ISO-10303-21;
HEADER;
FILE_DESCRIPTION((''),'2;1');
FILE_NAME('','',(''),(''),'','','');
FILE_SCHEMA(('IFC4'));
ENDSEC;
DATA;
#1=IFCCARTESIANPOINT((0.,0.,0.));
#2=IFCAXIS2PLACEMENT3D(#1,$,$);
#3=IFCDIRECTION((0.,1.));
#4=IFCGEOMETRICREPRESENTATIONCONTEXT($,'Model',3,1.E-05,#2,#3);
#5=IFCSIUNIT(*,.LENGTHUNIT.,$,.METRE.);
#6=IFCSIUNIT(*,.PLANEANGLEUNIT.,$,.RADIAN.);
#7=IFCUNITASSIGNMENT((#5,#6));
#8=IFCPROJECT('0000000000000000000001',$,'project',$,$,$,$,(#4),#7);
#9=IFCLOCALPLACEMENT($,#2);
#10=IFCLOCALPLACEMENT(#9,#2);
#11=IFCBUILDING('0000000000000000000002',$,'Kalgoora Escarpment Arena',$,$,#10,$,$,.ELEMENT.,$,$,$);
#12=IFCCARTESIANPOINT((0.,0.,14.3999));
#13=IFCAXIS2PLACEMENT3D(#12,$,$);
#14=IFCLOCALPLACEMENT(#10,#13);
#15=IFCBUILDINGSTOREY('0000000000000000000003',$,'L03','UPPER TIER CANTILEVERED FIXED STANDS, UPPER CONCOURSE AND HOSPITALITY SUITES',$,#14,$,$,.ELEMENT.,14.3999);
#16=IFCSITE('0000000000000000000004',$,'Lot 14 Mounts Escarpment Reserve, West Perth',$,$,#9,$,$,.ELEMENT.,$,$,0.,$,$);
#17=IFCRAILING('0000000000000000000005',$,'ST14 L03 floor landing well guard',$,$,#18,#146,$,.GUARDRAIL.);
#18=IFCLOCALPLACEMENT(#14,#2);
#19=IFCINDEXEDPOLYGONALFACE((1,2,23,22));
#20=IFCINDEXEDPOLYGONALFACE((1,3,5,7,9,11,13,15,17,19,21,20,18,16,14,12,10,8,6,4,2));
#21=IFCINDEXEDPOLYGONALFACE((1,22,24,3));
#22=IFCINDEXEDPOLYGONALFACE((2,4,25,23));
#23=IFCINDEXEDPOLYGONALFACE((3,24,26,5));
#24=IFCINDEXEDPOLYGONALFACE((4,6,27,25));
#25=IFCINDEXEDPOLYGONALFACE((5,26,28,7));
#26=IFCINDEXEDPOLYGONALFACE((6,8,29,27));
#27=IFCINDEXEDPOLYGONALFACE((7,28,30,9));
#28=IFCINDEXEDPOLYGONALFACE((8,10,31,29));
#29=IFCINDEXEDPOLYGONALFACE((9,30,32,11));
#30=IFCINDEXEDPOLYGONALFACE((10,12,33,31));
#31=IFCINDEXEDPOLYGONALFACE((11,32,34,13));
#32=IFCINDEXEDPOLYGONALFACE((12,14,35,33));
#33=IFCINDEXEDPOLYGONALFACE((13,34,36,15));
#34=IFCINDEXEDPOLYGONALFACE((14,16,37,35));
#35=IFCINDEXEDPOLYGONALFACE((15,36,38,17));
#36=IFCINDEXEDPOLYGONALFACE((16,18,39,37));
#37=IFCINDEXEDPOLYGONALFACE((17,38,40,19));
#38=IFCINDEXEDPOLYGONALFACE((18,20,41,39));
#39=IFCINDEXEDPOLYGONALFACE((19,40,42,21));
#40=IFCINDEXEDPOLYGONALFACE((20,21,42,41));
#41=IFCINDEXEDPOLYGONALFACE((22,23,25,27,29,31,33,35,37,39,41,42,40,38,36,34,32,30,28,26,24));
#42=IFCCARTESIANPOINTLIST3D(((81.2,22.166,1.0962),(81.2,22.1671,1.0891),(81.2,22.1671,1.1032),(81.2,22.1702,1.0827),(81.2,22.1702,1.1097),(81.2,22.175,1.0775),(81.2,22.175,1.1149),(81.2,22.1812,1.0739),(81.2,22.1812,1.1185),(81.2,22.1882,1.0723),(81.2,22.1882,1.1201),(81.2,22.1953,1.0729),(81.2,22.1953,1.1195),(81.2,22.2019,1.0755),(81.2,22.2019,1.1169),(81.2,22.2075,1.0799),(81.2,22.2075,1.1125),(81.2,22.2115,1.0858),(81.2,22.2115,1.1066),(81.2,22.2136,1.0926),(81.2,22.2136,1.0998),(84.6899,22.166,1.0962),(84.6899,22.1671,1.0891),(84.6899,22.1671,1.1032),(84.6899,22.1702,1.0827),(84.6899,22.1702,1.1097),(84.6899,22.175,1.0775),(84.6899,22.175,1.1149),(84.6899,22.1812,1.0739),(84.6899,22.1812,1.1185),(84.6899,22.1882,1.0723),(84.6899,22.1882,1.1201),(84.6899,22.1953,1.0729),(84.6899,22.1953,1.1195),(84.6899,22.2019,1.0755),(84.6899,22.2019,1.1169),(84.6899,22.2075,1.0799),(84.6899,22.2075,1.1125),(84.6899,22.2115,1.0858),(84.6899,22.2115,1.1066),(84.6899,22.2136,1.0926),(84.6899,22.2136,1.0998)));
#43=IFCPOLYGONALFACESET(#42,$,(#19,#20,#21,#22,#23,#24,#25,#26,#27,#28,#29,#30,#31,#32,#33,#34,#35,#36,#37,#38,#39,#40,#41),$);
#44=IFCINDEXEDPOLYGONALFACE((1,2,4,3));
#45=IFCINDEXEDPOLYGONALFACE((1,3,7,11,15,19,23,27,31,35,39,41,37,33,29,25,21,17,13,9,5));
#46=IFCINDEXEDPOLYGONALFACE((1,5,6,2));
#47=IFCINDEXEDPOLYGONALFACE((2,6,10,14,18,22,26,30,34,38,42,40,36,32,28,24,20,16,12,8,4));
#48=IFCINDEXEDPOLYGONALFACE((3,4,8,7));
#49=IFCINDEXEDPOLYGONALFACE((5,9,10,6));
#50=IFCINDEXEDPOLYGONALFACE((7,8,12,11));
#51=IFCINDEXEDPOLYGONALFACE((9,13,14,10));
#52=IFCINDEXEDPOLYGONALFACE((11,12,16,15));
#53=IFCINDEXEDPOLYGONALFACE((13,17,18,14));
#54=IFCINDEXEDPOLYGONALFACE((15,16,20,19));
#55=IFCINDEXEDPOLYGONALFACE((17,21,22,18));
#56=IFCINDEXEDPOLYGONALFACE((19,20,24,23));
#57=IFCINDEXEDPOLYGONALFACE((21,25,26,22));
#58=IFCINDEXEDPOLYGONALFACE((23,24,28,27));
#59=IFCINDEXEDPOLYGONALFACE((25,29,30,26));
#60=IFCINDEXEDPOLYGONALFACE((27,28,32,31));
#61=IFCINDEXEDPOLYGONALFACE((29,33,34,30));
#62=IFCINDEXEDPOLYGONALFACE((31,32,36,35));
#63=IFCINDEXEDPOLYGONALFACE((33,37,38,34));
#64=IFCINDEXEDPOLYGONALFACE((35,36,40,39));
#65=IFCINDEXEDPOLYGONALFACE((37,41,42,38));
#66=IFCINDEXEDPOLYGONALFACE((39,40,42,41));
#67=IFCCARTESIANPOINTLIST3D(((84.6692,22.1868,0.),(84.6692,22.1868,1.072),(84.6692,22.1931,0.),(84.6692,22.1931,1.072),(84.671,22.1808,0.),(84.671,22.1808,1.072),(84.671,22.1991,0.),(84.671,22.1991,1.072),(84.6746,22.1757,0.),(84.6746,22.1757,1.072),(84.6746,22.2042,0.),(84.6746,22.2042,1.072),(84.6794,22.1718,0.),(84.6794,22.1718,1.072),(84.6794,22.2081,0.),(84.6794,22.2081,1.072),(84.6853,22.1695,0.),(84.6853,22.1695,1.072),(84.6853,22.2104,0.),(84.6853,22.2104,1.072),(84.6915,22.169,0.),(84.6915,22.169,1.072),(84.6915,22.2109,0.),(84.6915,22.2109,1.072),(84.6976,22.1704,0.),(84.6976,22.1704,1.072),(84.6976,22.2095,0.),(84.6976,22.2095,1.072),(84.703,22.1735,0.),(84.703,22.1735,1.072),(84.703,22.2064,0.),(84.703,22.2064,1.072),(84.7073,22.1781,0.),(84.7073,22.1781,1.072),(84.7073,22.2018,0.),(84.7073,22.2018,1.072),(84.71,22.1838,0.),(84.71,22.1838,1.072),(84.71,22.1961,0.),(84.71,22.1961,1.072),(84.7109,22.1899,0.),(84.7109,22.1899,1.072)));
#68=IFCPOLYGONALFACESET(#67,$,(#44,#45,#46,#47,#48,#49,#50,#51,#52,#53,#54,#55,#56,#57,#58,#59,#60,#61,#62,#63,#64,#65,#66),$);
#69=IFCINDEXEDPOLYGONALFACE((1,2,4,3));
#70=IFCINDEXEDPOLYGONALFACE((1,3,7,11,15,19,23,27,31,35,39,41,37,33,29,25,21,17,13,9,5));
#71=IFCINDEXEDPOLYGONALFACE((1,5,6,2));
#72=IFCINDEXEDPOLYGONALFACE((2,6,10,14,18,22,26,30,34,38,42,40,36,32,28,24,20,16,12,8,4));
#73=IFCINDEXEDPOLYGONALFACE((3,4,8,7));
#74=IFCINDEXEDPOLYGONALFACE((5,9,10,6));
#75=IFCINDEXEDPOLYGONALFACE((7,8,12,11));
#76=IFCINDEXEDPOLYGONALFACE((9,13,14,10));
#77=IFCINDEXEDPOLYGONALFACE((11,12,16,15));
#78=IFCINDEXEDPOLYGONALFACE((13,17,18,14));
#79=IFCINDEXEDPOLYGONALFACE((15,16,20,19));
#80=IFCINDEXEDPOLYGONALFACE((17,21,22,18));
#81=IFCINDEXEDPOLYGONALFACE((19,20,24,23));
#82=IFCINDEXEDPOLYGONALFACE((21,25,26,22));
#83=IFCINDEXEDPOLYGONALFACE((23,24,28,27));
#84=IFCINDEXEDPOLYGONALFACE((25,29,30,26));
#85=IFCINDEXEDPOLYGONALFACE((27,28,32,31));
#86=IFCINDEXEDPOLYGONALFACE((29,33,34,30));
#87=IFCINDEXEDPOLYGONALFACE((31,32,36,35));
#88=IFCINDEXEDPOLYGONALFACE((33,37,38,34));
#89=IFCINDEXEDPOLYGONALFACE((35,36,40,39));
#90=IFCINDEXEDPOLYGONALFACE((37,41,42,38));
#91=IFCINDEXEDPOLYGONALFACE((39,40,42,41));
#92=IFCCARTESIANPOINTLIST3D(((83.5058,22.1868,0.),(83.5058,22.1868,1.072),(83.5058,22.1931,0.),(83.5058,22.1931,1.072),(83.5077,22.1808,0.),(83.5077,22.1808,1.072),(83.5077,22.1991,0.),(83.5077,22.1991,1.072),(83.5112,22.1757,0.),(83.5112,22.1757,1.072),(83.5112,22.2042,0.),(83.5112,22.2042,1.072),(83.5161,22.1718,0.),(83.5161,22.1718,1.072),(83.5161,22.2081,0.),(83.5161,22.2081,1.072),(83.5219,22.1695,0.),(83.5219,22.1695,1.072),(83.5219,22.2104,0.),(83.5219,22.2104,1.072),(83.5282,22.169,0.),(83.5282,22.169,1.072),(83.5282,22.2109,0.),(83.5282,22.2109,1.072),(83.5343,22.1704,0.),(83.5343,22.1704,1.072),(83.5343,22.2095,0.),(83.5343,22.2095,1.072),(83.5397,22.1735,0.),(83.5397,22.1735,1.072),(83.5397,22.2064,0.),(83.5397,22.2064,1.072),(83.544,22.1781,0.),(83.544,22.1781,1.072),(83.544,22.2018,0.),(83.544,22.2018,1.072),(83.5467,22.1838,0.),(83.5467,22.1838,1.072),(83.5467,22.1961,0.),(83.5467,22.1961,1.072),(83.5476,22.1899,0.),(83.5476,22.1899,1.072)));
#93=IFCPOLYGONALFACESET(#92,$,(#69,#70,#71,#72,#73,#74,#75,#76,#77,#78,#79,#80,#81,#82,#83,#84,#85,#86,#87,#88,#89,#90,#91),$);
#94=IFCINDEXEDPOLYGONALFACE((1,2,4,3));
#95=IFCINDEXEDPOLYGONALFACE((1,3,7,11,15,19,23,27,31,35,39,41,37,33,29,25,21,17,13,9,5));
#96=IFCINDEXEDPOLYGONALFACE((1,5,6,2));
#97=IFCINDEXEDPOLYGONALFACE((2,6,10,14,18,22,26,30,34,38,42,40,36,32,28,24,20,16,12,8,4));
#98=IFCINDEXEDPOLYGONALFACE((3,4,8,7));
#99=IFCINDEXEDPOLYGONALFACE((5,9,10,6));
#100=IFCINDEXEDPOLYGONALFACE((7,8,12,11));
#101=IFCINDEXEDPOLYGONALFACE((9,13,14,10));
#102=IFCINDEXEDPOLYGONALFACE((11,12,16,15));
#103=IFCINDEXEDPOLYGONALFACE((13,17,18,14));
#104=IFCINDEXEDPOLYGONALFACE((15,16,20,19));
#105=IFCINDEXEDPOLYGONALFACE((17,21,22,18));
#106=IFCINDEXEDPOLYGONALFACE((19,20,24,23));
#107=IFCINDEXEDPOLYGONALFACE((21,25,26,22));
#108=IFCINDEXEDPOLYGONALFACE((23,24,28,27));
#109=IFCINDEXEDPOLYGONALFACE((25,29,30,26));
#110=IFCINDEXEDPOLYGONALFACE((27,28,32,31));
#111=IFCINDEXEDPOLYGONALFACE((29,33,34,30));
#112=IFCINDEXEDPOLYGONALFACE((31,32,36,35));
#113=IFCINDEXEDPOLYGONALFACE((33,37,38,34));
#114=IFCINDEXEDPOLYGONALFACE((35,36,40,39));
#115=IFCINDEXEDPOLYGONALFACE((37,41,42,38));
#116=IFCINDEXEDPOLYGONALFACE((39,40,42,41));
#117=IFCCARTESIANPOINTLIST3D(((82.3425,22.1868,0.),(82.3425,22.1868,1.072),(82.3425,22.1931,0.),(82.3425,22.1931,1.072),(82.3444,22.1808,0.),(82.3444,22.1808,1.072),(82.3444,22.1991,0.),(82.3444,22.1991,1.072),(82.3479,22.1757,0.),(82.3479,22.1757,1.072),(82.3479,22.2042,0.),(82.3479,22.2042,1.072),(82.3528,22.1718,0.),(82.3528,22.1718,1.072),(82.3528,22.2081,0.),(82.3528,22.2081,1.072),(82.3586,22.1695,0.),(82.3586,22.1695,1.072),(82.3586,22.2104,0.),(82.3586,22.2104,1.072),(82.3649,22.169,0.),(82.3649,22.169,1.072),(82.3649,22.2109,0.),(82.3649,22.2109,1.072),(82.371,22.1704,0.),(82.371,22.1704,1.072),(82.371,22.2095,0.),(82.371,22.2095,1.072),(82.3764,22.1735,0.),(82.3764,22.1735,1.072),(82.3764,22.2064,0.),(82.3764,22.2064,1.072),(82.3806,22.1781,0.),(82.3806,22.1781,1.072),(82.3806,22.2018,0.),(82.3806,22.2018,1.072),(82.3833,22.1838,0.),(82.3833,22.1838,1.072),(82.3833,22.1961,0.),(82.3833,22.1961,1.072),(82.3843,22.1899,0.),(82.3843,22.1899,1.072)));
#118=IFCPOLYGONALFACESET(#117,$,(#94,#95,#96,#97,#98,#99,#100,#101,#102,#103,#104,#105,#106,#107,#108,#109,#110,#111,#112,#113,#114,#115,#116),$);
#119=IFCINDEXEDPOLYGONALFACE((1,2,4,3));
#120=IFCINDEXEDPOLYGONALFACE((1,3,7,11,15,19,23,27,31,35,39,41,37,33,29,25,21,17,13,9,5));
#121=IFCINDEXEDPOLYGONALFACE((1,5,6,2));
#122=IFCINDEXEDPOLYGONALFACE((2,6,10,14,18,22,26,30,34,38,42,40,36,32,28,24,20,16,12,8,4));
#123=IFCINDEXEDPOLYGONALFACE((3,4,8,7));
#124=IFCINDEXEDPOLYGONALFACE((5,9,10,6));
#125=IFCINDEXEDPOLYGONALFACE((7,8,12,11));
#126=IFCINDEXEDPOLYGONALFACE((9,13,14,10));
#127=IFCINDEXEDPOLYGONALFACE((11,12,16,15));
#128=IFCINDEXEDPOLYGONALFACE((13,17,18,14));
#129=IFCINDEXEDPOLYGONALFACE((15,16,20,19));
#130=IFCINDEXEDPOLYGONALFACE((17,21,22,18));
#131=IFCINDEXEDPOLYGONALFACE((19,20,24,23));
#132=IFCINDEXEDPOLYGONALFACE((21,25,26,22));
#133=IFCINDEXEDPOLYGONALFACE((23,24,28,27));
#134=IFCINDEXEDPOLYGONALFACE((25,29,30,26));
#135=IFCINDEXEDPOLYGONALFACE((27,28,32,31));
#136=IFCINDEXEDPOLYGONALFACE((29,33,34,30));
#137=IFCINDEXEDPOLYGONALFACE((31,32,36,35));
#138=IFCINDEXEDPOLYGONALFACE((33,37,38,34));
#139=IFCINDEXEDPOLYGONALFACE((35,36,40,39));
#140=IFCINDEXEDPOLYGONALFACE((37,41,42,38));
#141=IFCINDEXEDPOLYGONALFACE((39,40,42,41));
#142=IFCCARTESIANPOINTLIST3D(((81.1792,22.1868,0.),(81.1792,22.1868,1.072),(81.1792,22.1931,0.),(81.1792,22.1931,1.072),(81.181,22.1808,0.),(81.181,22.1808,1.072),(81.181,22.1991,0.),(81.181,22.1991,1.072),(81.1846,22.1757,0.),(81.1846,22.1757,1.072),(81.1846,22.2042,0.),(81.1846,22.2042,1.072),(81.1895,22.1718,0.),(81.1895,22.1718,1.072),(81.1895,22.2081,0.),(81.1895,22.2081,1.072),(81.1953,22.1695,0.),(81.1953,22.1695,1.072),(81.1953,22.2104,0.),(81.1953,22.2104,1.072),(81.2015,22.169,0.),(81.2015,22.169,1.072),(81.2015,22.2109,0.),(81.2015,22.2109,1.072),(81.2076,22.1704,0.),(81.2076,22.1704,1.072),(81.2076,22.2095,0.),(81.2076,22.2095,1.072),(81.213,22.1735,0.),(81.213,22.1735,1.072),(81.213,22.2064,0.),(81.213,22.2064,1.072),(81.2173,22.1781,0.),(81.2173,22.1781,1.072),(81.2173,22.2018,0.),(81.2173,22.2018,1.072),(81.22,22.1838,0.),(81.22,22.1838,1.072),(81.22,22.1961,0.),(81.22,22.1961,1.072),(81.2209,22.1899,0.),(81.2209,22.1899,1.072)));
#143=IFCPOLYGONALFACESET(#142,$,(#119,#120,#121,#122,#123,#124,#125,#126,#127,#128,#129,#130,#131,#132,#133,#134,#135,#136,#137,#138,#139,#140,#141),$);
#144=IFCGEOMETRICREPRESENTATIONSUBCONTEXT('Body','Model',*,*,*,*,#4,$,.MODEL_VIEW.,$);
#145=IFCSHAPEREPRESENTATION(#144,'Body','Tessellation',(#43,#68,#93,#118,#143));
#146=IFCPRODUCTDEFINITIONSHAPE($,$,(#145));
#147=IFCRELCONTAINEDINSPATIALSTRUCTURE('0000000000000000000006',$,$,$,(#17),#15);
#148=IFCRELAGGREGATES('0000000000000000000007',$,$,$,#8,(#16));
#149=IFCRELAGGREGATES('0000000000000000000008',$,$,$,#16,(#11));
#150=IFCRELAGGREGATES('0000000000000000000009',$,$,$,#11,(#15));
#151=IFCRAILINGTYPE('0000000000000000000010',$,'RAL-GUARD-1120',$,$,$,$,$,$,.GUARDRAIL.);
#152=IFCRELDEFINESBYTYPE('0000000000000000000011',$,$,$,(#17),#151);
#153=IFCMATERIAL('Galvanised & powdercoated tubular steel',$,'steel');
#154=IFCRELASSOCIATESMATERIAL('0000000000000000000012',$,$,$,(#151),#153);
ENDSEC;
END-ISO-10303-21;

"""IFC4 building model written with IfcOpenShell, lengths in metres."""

from ifc_helpers import new_model, si_unit, direction, frame, origin, origin_2d, place, context, subcontext, project, spatial, circle, extrude, material, type_object, element, save


model = new_model("IFC4")

# Units and contexts
model_context = context("Model", 3, precision=1e-05, world=origin(), true_north=direction((0.0, 1.0)))
body_context = subcontext(model_context, "Body", "Model", "MODEL_VIEW")
ifc_project = project(units=[si_unit("LENGTHUNIT", "METRE"), si_unit("PLANEANGLEUNIT", "RADIAN")], contexts=[model_context])

# Site, building, storey
site_placement = place(None, origin())
site = spatial("IfcSite", under=ifc_project, at=site_placement, Name="Lot 14 Mounts Escarpment Reserve, West Perth", CompositionType="ELEMENT", RefElevation=0.0)
building_placement = place(site_placement, origin())
building = spatial("IfcBuilding", under=site, at=building_placement, Name="Kalgoora Escarpment Arena", CompositionType="ELEMENT")
storey_placement = place(building_placement, frame((0.0, 0.0, 14.3999)))
storey = spatial("IfcBuildingStorey", under=building, at=storey_placement, Name="L03", Description="UPPER TIER CANTILEVERED FIXED STANDS, UPPER CONCOURSE AND HOSPITALITY SUITES", CompositionType="ELEMENT", Elevation=14.3999)

# Railing
ifc_material_1 = material(Name="Galvanised & powdercoated tubular steel", Category="steel")
railing_type_1 = type_object("IfcRailingType", Name="RAL-GUARD-1120", PredefinedType="GUARDRAIL", material=ifc_material_1)
railing_1_placement = place(storey_placement, frame((84.6899, 22.1899, 0.0)))
element("IfcRailing", 1, at=railing_1_placement, inside=storey, type_object=railing_type_1, Name="ST14 L03 floor landing well guard", PredefinedType="GUARDRAIL", context=body_context, shape_type="SweptSolid", body=[
    extrude(circle(Radius=0.0239, at=origin_2d()), frame((0.0, 0.0, 1.0962), z_axis=(-1.0, 0.0, 0.0), x_axis=(0.0, -1.0, 0.0)), (0.0, 0.0, 1.0), 3.49),
    extrude(circle(Radius=0.021, at=origin_2d()), origin(), (0.0, 0.0, 1.0), 1.072),
    extrude(circle(Radius=0.021, at=origin_2d()), frame((-1.1633, 0.0, 0.0)), (0.0, 0.0, 1.0), 1.072),
    extrude(circle(Radius=0.021, at=origin_2d()), frame((-2.3267, 0.0, 0.0)), (0.0, 0.0, 1.0), 1.072),
    extrude(circle(Radius=0.021, at=origin_2d()), frame((-3.49, 0.0, 0.0)), (0.0, 0.0, 1.0), 1.072),
])

save(model, "model.ifc")
